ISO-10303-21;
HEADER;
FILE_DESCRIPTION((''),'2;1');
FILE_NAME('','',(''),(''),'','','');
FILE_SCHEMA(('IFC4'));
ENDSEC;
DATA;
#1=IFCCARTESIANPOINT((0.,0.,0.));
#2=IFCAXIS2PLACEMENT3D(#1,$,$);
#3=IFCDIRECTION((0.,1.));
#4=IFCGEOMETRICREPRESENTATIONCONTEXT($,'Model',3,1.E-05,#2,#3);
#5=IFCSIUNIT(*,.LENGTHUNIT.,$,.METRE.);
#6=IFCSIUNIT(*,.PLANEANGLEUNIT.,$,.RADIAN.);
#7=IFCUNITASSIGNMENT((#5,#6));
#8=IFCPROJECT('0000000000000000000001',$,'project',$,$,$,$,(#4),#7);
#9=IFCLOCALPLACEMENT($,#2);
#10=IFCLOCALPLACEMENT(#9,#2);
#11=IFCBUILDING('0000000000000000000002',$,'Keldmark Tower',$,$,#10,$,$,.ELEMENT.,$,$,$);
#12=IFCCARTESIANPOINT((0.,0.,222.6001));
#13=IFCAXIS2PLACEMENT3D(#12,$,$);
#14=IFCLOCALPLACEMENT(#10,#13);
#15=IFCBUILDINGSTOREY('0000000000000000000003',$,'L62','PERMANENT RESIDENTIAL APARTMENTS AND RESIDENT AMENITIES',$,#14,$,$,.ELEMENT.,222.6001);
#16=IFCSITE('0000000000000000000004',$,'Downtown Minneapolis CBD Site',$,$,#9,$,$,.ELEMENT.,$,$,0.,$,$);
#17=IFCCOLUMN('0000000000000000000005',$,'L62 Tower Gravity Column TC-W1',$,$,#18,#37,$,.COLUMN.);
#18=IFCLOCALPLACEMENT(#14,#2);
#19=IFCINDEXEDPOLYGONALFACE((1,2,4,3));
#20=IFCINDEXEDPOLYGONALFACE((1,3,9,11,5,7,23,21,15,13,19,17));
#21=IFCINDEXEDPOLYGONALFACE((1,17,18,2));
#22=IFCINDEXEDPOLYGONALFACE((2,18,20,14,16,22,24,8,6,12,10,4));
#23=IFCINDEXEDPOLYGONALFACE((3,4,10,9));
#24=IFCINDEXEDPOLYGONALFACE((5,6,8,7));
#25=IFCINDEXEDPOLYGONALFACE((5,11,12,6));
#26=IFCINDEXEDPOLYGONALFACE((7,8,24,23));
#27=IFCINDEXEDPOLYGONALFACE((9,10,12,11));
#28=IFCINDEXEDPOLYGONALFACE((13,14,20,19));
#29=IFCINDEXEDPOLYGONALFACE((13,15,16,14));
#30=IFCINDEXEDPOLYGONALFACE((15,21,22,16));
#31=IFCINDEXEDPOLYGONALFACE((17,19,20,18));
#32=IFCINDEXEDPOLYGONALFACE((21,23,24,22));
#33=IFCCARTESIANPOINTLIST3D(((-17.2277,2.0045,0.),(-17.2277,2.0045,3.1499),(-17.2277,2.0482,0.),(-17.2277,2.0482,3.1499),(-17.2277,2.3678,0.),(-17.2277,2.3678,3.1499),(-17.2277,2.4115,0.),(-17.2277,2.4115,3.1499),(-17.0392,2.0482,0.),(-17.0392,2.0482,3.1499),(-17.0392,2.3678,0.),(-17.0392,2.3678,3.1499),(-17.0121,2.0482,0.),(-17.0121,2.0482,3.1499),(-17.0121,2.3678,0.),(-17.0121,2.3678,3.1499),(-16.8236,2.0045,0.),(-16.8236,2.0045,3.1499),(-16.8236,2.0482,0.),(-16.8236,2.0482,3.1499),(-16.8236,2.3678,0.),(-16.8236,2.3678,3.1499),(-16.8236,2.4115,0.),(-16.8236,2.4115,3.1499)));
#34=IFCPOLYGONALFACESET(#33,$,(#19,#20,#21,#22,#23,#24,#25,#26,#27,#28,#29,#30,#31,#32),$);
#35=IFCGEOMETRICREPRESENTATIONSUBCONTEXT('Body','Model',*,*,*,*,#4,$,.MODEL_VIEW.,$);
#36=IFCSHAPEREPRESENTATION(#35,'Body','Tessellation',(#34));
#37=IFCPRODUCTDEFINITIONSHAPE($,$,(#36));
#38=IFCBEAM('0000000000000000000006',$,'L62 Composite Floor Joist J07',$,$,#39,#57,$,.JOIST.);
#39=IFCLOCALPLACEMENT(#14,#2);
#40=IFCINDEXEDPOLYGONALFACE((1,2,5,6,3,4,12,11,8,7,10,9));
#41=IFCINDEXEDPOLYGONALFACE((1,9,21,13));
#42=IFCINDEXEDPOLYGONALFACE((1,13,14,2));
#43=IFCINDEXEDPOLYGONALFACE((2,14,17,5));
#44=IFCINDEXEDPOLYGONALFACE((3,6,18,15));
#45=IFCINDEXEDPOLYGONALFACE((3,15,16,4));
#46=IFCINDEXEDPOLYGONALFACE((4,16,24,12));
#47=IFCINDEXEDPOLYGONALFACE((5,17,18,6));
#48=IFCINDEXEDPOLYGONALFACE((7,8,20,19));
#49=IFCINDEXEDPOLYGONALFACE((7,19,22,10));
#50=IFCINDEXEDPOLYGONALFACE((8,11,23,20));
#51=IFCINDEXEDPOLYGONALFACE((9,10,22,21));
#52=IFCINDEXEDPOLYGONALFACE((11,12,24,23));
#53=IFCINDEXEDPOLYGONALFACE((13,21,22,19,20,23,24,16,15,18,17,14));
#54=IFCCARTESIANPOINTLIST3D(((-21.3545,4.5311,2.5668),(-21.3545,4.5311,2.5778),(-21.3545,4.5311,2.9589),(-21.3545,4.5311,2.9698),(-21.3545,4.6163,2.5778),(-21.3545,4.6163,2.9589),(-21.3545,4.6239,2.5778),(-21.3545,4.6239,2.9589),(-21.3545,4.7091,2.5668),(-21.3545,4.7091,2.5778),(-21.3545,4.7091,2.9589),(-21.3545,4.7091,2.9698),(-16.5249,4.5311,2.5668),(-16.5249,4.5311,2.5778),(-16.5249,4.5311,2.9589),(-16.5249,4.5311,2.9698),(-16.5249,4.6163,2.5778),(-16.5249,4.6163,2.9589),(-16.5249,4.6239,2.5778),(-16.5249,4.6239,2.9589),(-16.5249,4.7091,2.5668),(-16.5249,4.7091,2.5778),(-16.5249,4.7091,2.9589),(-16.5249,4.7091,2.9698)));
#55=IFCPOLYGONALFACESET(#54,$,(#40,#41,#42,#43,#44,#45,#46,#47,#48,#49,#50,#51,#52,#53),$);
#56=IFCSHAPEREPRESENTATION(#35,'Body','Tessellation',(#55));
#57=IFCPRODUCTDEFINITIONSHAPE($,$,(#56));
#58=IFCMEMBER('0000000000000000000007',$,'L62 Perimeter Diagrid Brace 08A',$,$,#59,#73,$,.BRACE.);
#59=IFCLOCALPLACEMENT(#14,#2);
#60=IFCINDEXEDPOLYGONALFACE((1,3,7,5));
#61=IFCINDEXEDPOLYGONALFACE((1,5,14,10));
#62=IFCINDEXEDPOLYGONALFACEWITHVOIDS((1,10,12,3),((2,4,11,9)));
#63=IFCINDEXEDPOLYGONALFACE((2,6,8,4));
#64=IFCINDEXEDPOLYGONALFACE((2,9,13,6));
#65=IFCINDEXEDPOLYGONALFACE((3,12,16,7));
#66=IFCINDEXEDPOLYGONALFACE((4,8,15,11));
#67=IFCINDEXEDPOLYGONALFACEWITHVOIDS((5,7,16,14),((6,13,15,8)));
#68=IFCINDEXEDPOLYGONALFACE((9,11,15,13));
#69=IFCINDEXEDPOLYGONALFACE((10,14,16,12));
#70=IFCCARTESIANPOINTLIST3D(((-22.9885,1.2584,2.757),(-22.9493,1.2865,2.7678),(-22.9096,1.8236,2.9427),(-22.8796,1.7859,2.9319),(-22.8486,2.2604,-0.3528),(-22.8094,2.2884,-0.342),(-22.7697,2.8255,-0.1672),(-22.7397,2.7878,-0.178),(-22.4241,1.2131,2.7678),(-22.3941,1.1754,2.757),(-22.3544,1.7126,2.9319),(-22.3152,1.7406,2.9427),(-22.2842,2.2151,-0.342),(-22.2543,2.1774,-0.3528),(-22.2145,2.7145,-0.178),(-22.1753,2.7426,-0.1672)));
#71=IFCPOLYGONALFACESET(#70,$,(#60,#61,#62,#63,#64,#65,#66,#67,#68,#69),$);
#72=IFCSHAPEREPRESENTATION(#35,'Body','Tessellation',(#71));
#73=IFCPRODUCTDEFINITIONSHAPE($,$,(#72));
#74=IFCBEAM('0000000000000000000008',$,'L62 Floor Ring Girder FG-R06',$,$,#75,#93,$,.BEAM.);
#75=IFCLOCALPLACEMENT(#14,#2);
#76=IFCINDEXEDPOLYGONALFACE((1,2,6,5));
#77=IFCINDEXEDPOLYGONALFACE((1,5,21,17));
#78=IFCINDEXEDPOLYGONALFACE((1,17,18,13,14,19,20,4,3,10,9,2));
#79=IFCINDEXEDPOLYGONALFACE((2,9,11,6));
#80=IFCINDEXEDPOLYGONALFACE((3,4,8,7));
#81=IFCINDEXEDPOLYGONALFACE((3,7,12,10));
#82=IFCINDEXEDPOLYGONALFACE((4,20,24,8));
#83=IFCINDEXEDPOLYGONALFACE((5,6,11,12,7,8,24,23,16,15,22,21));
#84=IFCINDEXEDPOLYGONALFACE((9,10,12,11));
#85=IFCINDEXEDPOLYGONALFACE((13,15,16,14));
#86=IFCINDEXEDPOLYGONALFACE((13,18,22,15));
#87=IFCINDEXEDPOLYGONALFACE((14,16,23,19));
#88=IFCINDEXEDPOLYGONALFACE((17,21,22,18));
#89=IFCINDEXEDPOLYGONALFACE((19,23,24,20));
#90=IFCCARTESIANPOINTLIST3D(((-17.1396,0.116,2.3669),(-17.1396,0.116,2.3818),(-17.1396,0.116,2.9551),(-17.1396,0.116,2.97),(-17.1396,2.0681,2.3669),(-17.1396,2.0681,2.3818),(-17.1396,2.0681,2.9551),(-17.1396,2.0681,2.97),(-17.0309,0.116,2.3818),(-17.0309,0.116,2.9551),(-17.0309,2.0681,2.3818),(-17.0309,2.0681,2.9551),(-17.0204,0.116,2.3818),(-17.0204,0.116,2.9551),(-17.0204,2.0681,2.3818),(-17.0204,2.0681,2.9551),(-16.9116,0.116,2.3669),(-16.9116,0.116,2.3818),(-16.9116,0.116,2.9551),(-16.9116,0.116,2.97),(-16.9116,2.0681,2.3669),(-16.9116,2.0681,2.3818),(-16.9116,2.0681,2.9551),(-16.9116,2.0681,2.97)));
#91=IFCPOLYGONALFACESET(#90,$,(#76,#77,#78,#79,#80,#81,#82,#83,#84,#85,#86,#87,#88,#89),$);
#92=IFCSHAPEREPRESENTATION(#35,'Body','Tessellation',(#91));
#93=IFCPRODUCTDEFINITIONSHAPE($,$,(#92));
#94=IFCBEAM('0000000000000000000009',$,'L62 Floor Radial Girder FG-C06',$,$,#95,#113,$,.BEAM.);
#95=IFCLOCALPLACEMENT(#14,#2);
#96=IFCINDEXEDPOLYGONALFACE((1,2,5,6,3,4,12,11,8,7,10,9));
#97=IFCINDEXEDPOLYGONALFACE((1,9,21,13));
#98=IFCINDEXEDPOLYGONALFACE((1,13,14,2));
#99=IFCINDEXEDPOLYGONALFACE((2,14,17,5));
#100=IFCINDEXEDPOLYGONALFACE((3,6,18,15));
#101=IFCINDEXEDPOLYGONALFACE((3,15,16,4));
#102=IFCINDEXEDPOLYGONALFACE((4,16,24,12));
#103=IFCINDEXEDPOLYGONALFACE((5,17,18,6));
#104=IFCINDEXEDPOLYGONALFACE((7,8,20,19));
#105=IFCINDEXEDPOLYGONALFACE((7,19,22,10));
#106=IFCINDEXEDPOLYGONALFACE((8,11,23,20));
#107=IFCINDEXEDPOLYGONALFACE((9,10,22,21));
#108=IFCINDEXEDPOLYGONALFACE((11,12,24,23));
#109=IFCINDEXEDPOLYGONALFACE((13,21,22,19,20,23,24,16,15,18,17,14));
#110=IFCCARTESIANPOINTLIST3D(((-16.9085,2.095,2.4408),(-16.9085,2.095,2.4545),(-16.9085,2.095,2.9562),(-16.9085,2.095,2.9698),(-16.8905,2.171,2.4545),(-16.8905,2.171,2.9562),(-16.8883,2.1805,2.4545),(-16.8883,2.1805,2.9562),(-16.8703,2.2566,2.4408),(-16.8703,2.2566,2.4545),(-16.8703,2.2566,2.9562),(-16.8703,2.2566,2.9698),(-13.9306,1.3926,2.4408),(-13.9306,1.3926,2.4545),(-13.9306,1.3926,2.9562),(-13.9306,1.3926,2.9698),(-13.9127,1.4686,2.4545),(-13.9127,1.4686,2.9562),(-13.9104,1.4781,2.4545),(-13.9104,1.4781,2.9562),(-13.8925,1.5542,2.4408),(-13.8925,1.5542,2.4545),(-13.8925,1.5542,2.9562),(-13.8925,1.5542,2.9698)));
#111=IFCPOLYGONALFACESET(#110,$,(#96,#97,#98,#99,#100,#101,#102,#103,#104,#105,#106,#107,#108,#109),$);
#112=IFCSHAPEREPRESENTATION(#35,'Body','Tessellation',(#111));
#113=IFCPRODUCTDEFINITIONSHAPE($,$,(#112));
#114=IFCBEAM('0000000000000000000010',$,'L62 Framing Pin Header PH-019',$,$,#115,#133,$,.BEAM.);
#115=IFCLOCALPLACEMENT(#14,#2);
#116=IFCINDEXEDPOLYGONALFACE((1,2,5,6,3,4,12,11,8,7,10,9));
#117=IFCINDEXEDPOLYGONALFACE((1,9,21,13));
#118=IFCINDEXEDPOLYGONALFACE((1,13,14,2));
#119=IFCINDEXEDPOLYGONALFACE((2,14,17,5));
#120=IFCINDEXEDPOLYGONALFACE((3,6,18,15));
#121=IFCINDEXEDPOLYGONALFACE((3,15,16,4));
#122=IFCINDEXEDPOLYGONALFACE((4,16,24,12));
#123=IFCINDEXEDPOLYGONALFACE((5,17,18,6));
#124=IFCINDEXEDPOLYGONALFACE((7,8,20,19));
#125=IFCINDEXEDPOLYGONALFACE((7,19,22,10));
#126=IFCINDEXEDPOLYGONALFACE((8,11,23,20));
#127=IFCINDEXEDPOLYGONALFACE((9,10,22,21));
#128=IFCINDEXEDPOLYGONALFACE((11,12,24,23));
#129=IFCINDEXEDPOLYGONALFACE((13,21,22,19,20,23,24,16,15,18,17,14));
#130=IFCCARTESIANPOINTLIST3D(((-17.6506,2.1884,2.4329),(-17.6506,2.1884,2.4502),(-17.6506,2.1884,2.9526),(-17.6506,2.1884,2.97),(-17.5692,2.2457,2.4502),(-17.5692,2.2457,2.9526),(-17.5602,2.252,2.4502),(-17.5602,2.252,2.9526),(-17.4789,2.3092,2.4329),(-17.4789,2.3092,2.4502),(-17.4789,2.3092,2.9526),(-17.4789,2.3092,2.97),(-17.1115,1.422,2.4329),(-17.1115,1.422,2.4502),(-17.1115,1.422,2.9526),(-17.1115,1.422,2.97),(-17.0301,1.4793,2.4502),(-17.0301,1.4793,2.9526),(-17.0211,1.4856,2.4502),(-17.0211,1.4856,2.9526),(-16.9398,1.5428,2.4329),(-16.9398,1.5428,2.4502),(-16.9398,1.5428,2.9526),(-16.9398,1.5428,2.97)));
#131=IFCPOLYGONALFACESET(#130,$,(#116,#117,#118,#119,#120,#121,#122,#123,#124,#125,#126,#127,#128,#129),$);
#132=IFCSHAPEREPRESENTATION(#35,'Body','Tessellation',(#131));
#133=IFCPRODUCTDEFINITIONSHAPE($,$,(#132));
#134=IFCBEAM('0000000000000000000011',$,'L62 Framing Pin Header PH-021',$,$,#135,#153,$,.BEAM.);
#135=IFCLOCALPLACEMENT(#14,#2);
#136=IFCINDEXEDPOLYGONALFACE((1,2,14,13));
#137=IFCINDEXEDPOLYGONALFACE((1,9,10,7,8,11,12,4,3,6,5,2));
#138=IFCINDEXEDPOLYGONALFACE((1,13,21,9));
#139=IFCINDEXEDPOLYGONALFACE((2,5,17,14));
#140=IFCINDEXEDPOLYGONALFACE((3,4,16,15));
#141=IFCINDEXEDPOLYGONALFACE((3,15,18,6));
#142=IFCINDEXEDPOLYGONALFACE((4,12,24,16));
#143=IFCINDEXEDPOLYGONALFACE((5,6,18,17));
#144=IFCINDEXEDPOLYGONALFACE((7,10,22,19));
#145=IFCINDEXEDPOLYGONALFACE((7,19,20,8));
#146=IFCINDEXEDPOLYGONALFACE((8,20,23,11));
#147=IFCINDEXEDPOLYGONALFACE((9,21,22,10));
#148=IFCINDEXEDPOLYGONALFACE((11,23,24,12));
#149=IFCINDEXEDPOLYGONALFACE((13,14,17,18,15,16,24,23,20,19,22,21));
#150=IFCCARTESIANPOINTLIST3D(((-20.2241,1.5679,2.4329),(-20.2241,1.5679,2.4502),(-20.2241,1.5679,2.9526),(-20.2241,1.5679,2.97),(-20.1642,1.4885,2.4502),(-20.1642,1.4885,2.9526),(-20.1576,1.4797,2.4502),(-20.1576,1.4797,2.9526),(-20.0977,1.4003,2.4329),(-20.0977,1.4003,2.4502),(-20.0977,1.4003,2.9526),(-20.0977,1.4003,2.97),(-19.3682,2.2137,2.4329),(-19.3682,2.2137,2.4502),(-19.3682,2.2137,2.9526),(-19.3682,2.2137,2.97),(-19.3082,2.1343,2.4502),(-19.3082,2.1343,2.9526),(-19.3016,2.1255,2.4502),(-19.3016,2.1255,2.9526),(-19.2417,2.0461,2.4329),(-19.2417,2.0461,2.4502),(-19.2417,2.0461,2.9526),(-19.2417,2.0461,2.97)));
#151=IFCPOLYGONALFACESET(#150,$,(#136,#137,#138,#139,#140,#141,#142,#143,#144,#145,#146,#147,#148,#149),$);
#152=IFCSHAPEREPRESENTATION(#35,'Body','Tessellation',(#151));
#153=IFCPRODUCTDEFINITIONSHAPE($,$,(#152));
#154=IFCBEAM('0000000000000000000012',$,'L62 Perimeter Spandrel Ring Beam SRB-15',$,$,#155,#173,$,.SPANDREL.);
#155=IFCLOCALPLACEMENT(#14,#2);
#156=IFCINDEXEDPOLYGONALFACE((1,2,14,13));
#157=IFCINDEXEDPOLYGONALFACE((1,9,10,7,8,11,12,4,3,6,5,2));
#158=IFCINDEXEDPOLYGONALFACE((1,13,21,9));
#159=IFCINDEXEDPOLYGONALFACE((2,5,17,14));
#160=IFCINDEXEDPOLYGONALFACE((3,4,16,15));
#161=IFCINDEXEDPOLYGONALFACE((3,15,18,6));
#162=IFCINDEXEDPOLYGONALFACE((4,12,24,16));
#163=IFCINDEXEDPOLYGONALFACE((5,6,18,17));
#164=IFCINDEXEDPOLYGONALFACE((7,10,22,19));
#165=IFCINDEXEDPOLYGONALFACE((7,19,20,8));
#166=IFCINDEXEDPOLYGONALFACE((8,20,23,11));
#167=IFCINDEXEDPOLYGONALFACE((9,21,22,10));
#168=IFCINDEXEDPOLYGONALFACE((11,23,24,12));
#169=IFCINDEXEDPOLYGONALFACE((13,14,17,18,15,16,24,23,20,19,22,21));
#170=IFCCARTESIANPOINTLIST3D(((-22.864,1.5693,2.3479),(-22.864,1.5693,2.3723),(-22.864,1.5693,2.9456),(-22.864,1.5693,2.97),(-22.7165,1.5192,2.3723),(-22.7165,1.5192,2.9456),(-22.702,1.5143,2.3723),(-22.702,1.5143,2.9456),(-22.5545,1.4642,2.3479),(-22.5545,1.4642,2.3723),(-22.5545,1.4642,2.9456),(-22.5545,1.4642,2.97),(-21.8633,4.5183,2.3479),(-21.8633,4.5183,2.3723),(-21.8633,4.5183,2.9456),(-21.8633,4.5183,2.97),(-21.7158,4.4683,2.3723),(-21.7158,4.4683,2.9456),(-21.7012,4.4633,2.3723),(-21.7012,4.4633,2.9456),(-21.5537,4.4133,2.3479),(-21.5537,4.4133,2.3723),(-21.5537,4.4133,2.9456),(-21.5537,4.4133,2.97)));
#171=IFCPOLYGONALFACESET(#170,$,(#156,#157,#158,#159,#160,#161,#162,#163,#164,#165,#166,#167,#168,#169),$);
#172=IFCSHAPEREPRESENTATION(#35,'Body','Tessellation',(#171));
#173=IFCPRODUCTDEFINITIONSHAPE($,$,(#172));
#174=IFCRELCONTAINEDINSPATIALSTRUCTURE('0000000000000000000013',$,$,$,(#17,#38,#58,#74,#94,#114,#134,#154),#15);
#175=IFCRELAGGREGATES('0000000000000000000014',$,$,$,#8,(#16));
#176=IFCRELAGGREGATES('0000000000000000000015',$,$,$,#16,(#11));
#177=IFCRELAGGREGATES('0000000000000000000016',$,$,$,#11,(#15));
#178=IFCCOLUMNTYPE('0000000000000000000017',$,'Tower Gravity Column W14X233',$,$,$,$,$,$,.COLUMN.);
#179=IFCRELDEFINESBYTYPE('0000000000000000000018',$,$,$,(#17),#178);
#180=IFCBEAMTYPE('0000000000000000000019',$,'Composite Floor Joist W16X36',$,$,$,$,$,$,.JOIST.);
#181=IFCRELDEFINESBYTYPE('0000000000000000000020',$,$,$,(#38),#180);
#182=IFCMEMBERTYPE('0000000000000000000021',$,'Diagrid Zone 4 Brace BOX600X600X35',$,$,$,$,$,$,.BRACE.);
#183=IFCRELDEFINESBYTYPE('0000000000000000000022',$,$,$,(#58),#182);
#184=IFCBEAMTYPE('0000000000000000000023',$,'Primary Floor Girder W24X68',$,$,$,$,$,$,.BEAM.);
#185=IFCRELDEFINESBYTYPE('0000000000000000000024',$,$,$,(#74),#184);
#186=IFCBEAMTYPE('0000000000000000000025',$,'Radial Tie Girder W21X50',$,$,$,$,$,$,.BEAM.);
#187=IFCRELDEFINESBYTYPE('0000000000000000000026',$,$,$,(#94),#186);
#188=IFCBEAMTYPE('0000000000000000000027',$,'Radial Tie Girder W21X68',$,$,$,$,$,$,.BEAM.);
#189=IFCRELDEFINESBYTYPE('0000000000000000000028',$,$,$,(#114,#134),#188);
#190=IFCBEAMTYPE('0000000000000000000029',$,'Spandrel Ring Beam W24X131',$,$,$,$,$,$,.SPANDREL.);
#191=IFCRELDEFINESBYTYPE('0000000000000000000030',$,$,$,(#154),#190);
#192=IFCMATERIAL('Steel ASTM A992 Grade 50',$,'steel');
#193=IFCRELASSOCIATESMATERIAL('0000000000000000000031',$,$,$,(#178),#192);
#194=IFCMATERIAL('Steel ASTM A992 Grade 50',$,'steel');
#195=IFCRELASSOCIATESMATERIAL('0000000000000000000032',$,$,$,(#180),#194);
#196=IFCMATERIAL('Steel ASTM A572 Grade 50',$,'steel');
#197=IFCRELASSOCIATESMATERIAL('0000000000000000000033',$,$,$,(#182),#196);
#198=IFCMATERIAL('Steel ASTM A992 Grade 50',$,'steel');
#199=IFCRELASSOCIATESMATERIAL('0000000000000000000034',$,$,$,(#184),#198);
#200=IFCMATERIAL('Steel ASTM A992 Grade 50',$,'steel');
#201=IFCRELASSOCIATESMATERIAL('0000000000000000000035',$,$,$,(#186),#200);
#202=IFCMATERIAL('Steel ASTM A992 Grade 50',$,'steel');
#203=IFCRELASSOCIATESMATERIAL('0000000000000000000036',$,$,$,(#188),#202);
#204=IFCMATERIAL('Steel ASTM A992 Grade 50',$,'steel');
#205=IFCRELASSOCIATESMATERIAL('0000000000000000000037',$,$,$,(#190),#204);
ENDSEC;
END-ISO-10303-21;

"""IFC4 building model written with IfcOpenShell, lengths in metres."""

from ifc_helpers import new_model, si_unit, direction, frame, origin, origin_2d, place, context, subcontext, project, spatial, hollow_rectangle, i_section, extrude, material, material_profile, profile_set, type_object, element, save


model = new_model("IFC4")

# Units and contexts
model_context = context("Model", 3, precision=1e-05, world=origin(), true_north=direction((0.0, 1.0)))
body_context = subcontext(model_context, "Body", "Model", "MODEL_VIEW")
ifc_project = project(units=[si_unit("LENGTHUNIT", "METRE"), si_unit("PLANEANGLEUNIT", "RADIAN")], contexts=[model_context])

# Site, building, storey
site_placement = place(None, origin())
site = spatial("IfcSite", under=ifc_project, at=site_placement, Name="Downtown Minneapolis CBD Site", CompositionType="ELEMENT", RefElevation=0.0)
building_placement = place(site_placement, origin())
building = spatial("IfcBuilding", under=site, at=building_placement, Name="Keldmark Tower", CompositionType="ELEMENT")
storey_placement = place(building_placement, frame((0.0, 0.0, 222.6001)))
storey = spatial("IfcBuildingStorey", under=building, at=storey_placement, Name="L62", Description="PERMANENT RESIDENTIAL APARTMENTS AND RESIDENT AMENITIES", CompositionType="ELEMENT", Elevation=222.6001)

# Column
ifc_material_1 = material(Name="Steel ASTM A992 Grade 50", Category="steel")
ifc_material_profile_1 = material_profile(ifc_material_1, i_section(OverallWidth=0.4041, OverallDepth=0.407, WebThickness=0.0271, FlangeThickness=0.0437, at=origin_2d()), Name="W14X233")
ifc_profile_set_1 = profile_set([ifc_material_profile_1], Name="Steel ASTM A992 Grade 50")
column_type = type_object("IfcColumnType", Name="Tower Gravity Column W14X233", PredefinedType="COLUMN", material=ifc_profile_set_1)
column_placement = place(storey_placement, frame((-17.0256, 2.208, 0.0), z_axis=(0.0, 0.0, 1.0), x_axis=(1.0, 0.0, 0.0)))
element("IfcColumn", 1, at=column_placement, inside=storey, type_object=column_type, Name="L62 Tower Gravity Column TC-W1", PredefinedType="COLUMN", context=body_context, shape_type="SweptSolid", body=[
    extrude(i_section(OverallWidth=0.4041, OverallDepth=0.407, WebThickness=0.0271, FlangeThickness=0.0437, at=origin_2d()), origin(), (0.0, 0.0, 1.0), 3.1499),
])

# Beam
ifc_material_2 = material(Name="Steel ASTM A992 Grade 50", Category="steel")
ifc_material_profile_2 = material_profile(ifc_material_2, i_section(OverallWidth=0.178, OverallDepth=0.4031, WebThickness=0.0076, FlangeThickness=0.011, at=origin_2d()), Name="W16X36")
ifc_profile_set_2 = profile_set([ifc_material_profile_2], Name="Steel ASTM A992 Grade 50")
beam_type_1 = type_object("IfcBeamType", Name="Composite Floor Joist W16X36", PredefinedType="JOIST", material=ifc_profile_set_2)
beam_1_placement = place(storey_placement, frame((-21.3545, 4.6201, 2.7683), z_axis=(1.0, 0.0, 0.0), x_axis=(0.0, 1.0, 0.0)))
element("IfcBeam", 2, at=beam_1_placement, inside=storey, type_object=beam_type_1, Name="L62 Composite Floor Joist J07", PredefinedType="JOIST", context=body_context, shape_type="SweptSolid", body=[
    extrude(i_section(OverallWidth=0.178, OverallDepth=0.4031, WebThickness=0.0076, FlangeThickness=0.011, at=origin_2d()), origin(), (0.0, 0.0, 1.0), 4.8296),
])

# Member
ifc_material_3 = material(Name="Steel ASTM A572 Grade 50", Category="steel")
ifc_material_profile_3 = material_profile(ifc_material_3, hollow_rectangle(XDim=0.6001, YDim=0.6001, WallThickness=0.0349, at=origin_2d()), Name="BOX600X600X35")
ifc_profile_set_3 = profile_set([ifc_material_profile_3], Name="Steel ASTM A572 Grade 50")
member_type = type_object("IfcMemberType", Name="Diagrid Zone 4 Brace BOX600X600X35", PredefinedType="BRACE", material=ifc_profile_set_3)
member_placement = place(storey_placement, frame((-22.512, 2.5015, -0.26), z_axis=(-0.042777, -0.306381, 0.950947), x_axis=(0.990393, -0.138279, 0.0)))
element("IfcMember", 3, at=member_placement, inside=storey, type_object=member_type, Name="L62 Perimeter Diagrid Brace 08A", PredefinedType="BRACE", context=body_context, shape_type="SweptSolid", body=[
    extrude(hollow_rectangle(XDim=0.6001, YDim=0.6001, WallThickness=0.0349, at=origin_2d()), origin(), (0.0, 0.0, 1.0), 3.2703),
])

# Beams
ifc_material_4 = material(Name="Steel ASTM A992 Grade 50", Category="steel")
ifc_material_profile_4 = material_profile(ifc_material_4, i_section(OverallWidth=0.228, OverallDepth=0.603, WebThickness=0.0105, FlangeThickness=0.0149, at=origin_2d()), Name="W24X68")
ifc_profile_set_4 = profile_set([ifc_material_profile_4], Name="Steel ASTM A992 Grade 50")
beam_type_2 = type_object("IfcBeamType", Name="Primary Floor Girder W24X68", PredefinedType="BEAM", material=ifc_profile_set_4)
beam_2_placement = place(storey_placement, frame((-17.0256, 2.0681, 2.6685), z_axis=(0.0, -1.0, 0.0), x_axis=(1.0, 0.0, 0.0)))
element("IfcBeam", 4, at=beam_2_placement, inside=storey, type_object=beam_type_2, Name="L62 Floor Ring Girder FG-R06", PredefinedType="BEAM", context=body_context, shape_type="SweptSolid", body=[
    extrude(i_section(OverallWidth=0.228, OverallDepth=0.603, WebThickness=0.0105, FlangeThickness=0.0149, at=origin_2d()), origin(), (0.0, 0.0, 1.0), 1.9521),
])
ifc_material_5 = material(Name="Steel ASTM A992 Grade 50", Category="steel")
ifc_material_profile_5 = material_profile(ifc_material_5, i_section(OverallWidth=0.166, OverallDepth=0.5291, WebThickness=0.0098, FlangeThickness=0.0137, at=origin_2d()), Name="W21X50")
ifc_profile_set_5 = profile_set([ifc_material_profile_5], Name="Steel ASTM A992 Grade 50")
beam_type_3 = type_object("IfcBeamType", Name="Radial Tie Girder W21X50", PredefinedType="BEAM", material=ifc_profile_set_5)
beam_3_placement = place(storey_placement, frame((-16.8894, 2.1758, 2.7053), z_axis=(0.97329, -0.229577, 0.0), x_axis=(0.229577, 0.97329, 0.0)))
element("IfcBeam", 5, at=beam_3_placement, inside=storey, type_object=beam_type_3, Name="L62 Floor Radial Girder FG-C06", PredefinedType="BEAM", context=body_context, shape_type="SweptSolid", body=[
    extrude(i_section(OverallWidth=0.166, OverallDepth=0.5291, WebThickness=0.0098, FlangeThickness=0.0137, at=origin_2d()), origin(), (0.0, 0.0, 1.0), 3.0596),
])
ifc_material_6 = material(Name="Steel ASTM A992 Grade 50", Category="steel")
ifc_material_profile_6 = material_profile(ifc_material_6, i_section(OverallWidth=0.21, OverallDepth=0.5371, WebThickness=0.011, FlangeThickness=0.0173, at=origin_2d()), Name="W21X68")
ifc_profile_set_6 = profile_set([ifc_material_profile_6], Name="Steel ASTM A992 Grade 50")
beam_type_4 = type_object("IfcBeamType", Name="Radial Tie Girder W21X68", PredefinedType="BEAM", material=ifc_profile_set_6)
beam_4_placement = place(storey_placement, frame((-17.0256, 1.4824, 2.7014), z_axis=(-0.575332, 0.81792, 0.0), x_axis=(-0.81792, -0.575332, 0.0)))
element("IfcBeam", 6, at=beam_4_placement, inside=storey, type_object=beam_type_4, Name="L62 Framing Pin Header PH-019", PredefinedType="BEAM", context=body_context, shape_type="SweptSolid", body=[
    extrude(i_section(OverallWidth=0.21, OverallDepth=0.5371, WebThickness=0.011, FlangeThickness=0.0173, at=origin_2d()), origin(), (0.0, 0.0, 1.0), 0.937),
])
beam_5_placement = place(storey_placement, frame((-19.3049, 2.1299, 2.7014), z_axis=(-0.798303, -0.602256, 0.0), x_axis=(0.602256, -0.798303, 0.0)))
element("IfcBeam", 7, at=beam_5_placement, inside=storey, type_object=beam_type_4, Name="L62 Framing Pin Header PH-021", PredefinedType="BEAM", context=body_context, shape_type="SweptSolid", body=[
    extrude(i_section(OverallWidth=0.21, OverallDepth=0.5371, WebThickness=0.011, FlangeThickness=0.0173, at=origin_2d()), origin(), (0.0, 0.0, 1.0), 1.0723),
])
ifc_material_7 = material(Name="Steel ASTM A992 Grade 50", Category="steel")
ifc_material_profile_7 = material_profile(ifc_material_7, i_section(OverallWidth=0.3269, OverallDepth=0.6221, WebThickness=0.0154, FlangeThickness=0.0244, at=origin_2d()), Name="W24X131")
ifc_profile_set_7 = profile_set([ifc_material_profile_7], Name="Steel ASTM A992 Grade 50")
beam_type_5 = type_object("IfcBeamType", Name="Spandrel Ring Beam W24X131", PredefinedType="SPANDREL", material=ifc_profile_set_7)
beam_6_placement = place(storey_placement, frame((-21.7085, 4.4658, 2.6589), z_axis=(-0.32135, -0.94696, 0.0), x_axis=(0.94696, -0.32135, 0.0)))
element("IfcBeam", 8, at=beam_6_placement, inside=storey, type_object=beam_type_5, Name="L62 Perimeter Spandrel Ring Beam SRB-15", PredefinedType="SPANDREL", context=body_context, shape_type="SweptSolid", body=[
    extrude(i_section(OverallWidth=0.3269, OverallDepth=0.6221, WebThickness=0.0154, FlangeThickness=0.0244, at=origin_2d()), origin(), (0.0, 0.0, 1.0), 3.1143),
])

save(model, "model.ifc")
